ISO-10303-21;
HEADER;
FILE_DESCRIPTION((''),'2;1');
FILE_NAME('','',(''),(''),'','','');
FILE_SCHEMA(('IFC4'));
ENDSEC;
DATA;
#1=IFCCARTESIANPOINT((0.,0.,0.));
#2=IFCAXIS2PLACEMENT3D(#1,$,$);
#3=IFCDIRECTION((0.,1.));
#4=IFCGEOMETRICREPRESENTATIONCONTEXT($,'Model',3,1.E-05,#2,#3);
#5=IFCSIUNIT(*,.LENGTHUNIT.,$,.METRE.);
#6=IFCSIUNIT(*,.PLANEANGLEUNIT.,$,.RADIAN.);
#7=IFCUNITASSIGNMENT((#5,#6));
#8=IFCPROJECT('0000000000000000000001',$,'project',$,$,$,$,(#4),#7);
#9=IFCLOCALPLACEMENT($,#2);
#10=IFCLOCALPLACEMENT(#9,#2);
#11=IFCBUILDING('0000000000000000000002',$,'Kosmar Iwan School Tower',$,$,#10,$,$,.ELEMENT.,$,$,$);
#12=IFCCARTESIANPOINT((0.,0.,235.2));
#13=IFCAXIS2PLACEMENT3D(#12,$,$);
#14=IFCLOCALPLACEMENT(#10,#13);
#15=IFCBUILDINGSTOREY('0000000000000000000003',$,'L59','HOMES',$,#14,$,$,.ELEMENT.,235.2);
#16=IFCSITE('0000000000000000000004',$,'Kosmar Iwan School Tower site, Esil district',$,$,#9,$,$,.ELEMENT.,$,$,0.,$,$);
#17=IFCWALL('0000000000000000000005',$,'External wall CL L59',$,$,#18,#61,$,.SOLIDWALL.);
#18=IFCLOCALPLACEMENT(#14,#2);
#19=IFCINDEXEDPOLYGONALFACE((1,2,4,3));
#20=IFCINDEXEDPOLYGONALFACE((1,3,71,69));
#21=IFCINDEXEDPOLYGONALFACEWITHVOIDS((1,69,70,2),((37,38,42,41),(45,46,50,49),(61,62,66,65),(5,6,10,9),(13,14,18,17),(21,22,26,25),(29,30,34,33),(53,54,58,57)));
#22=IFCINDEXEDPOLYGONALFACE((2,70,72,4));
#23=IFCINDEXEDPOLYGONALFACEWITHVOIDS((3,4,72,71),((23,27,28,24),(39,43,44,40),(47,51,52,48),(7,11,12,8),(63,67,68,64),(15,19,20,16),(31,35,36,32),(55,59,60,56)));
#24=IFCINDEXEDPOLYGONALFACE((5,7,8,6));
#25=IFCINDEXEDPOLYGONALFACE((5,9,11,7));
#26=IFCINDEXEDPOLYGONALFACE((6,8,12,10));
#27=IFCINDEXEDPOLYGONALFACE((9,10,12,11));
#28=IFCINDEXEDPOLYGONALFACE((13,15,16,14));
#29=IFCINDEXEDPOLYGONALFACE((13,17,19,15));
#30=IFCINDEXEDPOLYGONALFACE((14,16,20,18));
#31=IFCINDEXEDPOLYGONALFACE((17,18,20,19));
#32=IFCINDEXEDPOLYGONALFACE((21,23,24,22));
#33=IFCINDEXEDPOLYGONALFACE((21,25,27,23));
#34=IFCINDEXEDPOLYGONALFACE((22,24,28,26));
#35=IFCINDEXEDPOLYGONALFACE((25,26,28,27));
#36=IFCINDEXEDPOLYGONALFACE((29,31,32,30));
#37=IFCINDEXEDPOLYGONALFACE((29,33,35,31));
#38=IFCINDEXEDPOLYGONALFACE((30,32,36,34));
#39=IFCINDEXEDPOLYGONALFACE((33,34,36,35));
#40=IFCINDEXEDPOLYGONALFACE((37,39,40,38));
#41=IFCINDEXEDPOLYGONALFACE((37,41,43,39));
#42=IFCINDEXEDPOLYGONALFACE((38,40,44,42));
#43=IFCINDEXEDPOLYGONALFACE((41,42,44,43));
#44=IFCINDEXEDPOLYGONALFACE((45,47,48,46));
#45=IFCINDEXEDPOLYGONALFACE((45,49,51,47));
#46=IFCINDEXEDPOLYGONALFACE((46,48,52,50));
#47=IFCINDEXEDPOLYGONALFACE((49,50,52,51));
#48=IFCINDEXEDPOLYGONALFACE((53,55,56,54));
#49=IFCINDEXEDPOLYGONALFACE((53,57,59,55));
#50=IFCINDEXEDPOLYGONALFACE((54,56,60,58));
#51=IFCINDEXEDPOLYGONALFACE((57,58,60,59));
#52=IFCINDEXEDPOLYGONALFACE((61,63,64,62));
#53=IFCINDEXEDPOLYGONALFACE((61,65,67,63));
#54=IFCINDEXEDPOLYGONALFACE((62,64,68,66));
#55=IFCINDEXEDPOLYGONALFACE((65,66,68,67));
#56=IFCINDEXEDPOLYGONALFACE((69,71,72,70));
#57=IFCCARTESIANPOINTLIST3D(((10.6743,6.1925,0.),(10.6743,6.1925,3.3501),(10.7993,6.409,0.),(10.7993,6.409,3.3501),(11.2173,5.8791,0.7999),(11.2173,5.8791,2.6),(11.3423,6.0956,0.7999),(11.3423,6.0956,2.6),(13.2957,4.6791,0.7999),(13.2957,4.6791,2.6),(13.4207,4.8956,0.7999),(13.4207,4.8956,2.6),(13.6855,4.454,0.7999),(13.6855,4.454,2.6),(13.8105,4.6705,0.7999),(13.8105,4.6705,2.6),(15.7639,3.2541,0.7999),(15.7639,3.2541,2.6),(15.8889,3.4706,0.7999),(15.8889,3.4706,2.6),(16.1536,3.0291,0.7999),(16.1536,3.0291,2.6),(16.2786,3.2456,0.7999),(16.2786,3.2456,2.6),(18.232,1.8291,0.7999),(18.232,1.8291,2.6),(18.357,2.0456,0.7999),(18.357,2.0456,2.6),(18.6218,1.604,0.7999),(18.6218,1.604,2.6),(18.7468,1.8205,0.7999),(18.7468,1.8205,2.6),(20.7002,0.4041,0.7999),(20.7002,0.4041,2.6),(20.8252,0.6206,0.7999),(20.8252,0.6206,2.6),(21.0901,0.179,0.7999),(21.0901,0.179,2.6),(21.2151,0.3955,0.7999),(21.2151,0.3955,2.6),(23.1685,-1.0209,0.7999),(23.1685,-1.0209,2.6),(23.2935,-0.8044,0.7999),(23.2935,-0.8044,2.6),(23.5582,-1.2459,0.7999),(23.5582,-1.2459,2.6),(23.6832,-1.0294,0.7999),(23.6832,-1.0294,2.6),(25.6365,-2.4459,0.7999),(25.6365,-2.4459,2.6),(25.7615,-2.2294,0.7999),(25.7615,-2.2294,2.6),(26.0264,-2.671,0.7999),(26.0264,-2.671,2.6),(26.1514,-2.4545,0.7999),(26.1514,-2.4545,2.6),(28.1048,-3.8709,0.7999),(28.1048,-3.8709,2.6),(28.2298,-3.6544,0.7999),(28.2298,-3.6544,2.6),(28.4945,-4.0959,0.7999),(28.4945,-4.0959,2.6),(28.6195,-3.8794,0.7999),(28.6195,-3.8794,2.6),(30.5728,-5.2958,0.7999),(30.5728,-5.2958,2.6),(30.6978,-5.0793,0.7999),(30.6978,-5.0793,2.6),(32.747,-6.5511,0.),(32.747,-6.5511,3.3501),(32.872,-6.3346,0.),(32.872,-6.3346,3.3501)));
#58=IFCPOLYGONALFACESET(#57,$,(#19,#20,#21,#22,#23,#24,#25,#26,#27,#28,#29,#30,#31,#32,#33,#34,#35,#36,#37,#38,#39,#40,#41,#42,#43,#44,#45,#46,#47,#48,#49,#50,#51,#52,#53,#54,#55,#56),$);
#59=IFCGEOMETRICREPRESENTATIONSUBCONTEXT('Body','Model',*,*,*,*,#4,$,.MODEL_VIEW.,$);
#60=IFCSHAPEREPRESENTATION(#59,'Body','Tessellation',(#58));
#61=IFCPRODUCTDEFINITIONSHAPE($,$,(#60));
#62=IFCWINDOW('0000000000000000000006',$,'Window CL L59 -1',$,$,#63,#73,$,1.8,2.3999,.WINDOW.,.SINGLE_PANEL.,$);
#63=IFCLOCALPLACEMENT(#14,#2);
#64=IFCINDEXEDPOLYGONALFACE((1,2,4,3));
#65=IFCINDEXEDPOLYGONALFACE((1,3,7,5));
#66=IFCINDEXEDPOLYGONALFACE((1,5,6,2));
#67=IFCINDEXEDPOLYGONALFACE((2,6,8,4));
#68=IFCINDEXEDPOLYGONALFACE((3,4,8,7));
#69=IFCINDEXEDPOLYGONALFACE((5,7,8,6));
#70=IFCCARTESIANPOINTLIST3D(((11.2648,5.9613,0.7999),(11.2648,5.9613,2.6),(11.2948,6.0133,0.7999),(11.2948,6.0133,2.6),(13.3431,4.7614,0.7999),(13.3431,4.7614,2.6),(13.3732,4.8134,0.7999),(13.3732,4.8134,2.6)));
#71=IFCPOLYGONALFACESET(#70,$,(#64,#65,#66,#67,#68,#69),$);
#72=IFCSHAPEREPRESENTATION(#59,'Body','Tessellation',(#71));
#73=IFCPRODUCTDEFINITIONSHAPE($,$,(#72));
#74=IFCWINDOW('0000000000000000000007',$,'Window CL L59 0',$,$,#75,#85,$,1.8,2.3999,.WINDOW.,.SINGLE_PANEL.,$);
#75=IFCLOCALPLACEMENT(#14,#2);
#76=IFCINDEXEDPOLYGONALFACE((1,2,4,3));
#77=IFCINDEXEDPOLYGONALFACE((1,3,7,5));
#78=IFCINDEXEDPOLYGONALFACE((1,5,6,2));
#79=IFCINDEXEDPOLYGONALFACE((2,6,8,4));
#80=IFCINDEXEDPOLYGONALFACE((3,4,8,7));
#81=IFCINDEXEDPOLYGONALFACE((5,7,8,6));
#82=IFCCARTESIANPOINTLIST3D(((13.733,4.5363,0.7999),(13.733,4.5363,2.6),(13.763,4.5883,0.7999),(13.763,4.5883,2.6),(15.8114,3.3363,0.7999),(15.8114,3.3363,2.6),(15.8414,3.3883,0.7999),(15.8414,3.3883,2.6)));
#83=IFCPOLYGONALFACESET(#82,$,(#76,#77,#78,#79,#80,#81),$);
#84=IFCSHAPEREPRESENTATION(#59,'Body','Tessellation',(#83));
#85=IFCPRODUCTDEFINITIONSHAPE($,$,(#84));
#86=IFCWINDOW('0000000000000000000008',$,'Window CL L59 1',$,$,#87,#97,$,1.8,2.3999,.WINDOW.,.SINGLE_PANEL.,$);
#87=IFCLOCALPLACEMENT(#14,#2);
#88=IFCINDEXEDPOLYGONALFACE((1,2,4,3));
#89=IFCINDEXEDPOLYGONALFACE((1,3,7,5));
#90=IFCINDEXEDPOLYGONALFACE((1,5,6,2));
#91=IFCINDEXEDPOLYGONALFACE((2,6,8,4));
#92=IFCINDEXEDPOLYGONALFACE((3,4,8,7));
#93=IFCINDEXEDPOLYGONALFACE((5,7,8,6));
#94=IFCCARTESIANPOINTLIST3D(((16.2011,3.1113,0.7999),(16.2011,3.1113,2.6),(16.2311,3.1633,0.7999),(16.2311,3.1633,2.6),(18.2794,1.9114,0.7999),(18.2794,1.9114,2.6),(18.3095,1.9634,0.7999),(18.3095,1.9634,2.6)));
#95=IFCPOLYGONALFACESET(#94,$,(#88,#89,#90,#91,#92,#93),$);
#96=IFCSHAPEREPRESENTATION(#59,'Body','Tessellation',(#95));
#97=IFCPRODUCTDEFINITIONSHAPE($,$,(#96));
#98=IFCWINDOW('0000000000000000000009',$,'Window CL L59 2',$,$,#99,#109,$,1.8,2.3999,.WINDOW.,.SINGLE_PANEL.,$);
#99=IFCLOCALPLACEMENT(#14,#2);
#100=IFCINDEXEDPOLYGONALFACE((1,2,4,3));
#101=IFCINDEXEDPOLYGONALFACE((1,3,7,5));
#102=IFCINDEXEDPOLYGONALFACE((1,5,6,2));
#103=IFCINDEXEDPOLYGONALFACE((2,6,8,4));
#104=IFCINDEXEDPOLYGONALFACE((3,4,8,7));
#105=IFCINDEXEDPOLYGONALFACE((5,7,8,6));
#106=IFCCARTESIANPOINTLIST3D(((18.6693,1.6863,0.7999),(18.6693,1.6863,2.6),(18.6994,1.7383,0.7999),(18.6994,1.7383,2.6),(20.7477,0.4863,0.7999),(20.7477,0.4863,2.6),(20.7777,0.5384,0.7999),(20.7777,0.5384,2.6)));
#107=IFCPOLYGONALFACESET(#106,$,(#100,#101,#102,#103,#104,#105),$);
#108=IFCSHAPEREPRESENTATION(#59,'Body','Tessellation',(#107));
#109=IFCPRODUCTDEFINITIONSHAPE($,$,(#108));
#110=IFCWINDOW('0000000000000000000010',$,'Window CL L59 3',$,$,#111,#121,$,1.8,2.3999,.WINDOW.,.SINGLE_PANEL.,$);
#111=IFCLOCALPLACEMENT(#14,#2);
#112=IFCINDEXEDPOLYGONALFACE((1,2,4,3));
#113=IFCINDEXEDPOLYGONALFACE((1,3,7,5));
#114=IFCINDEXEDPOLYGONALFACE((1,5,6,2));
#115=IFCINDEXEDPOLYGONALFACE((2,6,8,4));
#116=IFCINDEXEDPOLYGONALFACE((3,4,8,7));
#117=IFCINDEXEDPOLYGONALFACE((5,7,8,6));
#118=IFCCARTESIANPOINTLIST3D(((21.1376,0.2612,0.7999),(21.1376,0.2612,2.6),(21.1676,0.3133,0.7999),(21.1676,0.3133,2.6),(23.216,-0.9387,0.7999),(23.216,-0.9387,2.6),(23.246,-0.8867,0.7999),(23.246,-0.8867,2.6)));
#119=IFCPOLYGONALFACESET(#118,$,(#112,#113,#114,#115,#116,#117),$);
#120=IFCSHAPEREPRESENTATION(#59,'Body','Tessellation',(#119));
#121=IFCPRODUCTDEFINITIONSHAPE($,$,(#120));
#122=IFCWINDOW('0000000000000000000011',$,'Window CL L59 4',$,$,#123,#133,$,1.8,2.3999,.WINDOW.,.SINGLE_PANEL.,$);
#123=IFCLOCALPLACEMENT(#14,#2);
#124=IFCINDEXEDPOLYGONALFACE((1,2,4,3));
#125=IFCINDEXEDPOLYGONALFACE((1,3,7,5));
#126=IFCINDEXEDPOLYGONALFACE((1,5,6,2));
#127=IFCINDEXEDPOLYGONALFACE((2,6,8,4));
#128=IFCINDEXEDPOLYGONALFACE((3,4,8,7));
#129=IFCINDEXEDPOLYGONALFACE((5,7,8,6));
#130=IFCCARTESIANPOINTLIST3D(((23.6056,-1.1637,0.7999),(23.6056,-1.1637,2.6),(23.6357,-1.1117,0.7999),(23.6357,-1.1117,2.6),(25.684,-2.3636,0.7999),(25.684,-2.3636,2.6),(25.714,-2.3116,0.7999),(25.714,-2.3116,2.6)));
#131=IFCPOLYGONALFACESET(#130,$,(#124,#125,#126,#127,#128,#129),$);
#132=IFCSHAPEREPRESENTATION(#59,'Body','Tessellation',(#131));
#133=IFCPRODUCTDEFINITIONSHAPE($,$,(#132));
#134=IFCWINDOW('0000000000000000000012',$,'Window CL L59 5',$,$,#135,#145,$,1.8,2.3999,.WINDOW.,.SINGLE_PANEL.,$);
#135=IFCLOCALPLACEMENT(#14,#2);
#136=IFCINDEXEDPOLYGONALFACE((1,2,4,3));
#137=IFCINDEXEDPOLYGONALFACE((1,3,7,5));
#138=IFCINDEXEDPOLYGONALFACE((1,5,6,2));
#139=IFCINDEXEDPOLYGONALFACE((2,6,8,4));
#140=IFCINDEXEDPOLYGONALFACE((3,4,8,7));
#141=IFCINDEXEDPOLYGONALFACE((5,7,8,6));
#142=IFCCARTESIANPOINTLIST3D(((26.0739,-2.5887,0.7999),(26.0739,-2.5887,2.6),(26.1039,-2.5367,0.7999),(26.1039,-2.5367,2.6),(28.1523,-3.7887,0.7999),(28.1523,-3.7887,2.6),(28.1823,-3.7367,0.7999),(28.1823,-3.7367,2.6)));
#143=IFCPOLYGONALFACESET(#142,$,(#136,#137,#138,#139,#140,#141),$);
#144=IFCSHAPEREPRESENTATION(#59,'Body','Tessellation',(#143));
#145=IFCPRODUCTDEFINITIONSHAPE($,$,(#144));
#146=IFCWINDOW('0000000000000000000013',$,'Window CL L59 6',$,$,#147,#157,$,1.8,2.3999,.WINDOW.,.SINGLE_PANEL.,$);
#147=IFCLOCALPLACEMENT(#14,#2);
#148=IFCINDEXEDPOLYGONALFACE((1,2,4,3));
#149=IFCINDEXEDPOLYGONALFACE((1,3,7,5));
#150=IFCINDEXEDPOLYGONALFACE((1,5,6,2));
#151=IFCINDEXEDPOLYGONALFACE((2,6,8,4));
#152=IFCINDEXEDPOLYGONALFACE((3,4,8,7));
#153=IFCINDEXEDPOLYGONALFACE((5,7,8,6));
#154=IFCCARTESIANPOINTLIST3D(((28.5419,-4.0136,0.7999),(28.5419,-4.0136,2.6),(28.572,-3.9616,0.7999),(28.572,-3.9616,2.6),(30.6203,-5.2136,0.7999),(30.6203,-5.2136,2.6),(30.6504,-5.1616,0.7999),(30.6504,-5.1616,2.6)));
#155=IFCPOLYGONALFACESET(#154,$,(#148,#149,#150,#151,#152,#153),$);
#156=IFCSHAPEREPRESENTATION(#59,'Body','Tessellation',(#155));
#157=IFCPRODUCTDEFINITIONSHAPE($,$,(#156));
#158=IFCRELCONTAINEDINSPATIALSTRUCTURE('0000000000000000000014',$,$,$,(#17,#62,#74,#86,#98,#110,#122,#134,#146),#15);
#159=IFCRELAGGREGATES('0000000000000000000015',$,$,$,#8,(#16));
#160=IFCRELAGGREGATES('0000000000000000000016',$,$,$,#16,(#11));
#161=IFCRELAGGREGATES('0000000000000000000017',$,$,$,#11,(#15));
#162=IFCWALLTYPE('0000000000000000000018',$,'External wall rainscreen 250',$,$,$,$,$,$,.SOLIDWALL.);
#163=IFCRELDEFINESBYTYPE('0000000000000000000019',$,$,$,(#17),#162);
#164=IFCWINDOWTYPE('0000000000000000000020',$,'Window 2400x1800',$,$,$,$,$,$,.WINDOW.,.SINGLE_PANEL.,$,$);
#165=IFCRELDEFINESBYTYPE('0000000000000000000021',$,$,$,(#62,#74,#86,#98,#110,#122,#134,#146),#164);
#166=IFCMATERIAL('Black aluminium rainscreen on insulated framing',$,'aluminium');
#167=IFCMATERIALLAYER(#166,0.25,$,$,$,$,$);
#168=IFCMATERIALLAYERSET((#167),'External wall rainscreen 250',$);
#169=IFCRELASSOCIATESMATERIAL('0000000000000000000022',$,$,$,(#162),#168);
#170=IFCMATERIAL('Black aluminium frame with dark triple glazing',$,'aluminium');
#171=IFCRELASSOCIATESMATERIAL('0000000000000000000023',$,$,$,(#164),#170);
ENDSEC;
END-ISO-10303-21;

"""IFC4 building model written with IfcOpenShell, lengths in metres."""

from ifc_helpers import new_model, si_unit, direction, frame, frame_2d, origin, place, context, subcontext, project, spatial, rectangle, extrude, material, layer, layer_set, type_object, element, fill, save


model = new_model("IFC4")

# Units and contexts
model_context = context("Model", 3, precision=1e-05, world=origin(), true_north=direction((0.0, 1.0)))
body_context = subcontext(model_context, "Body", "Model", "MODEL_VIEW")
ifc_project = project(units=[si_unit("LENGTHUNIT", "METRE"), si_unit("PLANEANGLEUNIT", "RADIAN")], contexts=[model_context])

# Site, building, storey
site_placement = place(None, origin())
site = spatial("IfcSite", under=ifc_project, at=site_placement, Name="Kosmar Iwan School Tower site, Esil district", CompositionType="ELEMENT", RefElevation=0.0)
building_placement = place(site_placement, origin())
building = spatial("IfcBuilding", under=site, at=building_placement, Name="Kosmar Iwan School Tower", CompositionType="ELEMENT")
storey_placement = place(building_placement, frame((0.0, 0.0, 235.2)))
storey = spatial("IfcBuildingStorey", under=building, at=storey_placement, Name="L59", Description="HOMES", CompositionType="ELEMENT", Elevation=235.2)

# Wall, openings, windows
ifc_material_1 = material(Name="Black aluminium rainscreen on insulated framing", Category="aluminium")
ifc_layer_1 = layer(ifc_material_1, 0.25)
ifc_layer_set_1 = layer_set([ifc_layer_1], Name="External wall rainscreen 250")
wall_type_1 = type_object("IfcWallType", Name="External wall rainscreen 250", PredefinedType="SOLIDWALL", material=ifc_layer_set_1)
wall_1_placement = place(storey_placement, frame((10.7368, 6.3008, 0.0), z_axis=(0.0, 0.0, 1.0), x_axis=(0.866026, -0.499998, 0.0)))
wall_1 = element("IfcWall", 1, at=wall_1_placement, inside=storey, type_object=wall_type_1, Name="External wall CL L59", PredefinedType="SOLIDWALL", context=body_context, shape_type="SweptSolid", body=[
    extrude(rectangle(XDim=25.4873, YDim=0.25, at=frame_2d((12.7437, 0.0))), origin(), (0.0, 0.0, 1.0), 3.3501),
])
opening_1_placement = place(wall_1_placement, frame((0.627, 0.0, 0.8)))
opening_1 = element("IfcOpeningElement", 2, at=opening_1_placement, cuts=wall_1, PredefinedType="OPENING", context=body_context, shape_type="SweptSolid", body=[
    extrude(rectangle(XDim=2.3999, YDim=1.8, at=frame_2d((1.2, 0.8999))), frame((0.0, 0.137, 0.0), z_axis=(0.0, -1.0, 0.0), x_axis=(1.0, 0.0, 0.0)), (0.0, 0.0, 1.0), 0.2739),
])
opening_2_placement = place(wall_1_placement, frame((3.4771, 0.0, 0.8)))
opening_2 = element("IfcOpeningElement", 3, at=opening_2_placement, cuts=wall_1, PredefinedType="OPENING", context=body_context, shape_type="SweptSolid", body=[
    extrude(rectangle(XDim=2.3999, YDim=1.8, at=frame_2d((1.2, 0.8999))), frame((0.0, 0.137, 0.0), z_axis=(0.0, -1.0, 0.0), x_axis=(1.0, 0.0, 0.0)), (0.0, 0.0, 1.0), 0.2739),
])
opening_3_placement = place(wall_1_placement, frame((6.3269, 0.0, 0.8)))
opening_3 = element("IfcOpeningElement", 4, at=opening_3_placement, cuts=wall_1, PredefinedType="OPENING", context=body_context, shape_type="SweptSolid", body=[
    extrude(rectangle(XDim=2.3999, YDim=1.8, at=frame_2d((1.2, 0.8999))), frame((0.0, 0.137, 0.0), z_axis=(0.0, -1.0, 0.0), x_axis=(1.0, 0.0, 0.0)), (0.0, 0.0, 1.0), 0.2739),
])
opening_4_placement = place(wall_1_placement, frame((9.177, 0.0, 0.8)))
opening_4 = element("IfcOpeningElement", 5, at=opening_4_placement, cuts=wall_1, PredefinedType="OPENING", context=body_context, shape_type="SweptSolid", body=[
    extrude(rectangle(XDim=2.3999, YDim=1.8, at=frame_2d((1.2, 0.8999))), frame((0.0, 0.137, 0.0), z_axis=(0.0, -1.0, 0.0), x_axis=(1.0, 0.0, 0.0)), (0.0, 0.0, 1.0), 0.2739),
])
opening_5_placement = place(wall_1_placement, frame((12.0271, 0.0, 0.8)))
opening_5 = element("IfcOpeningElement", 6, at=opening_5_placement, cuts=wall_1, PredefinedType="OPENING", context=body_context, shape_type="SweptSolid", body=[
    extrude(rectangle(XDim=2.3999, YDim=1.8, at=frame_2d((1.2, 0.8999))), frame((0.0, 0.137, 0.0), z_axis=(0.0, -1.0, 0.0), x_axis=(1.0, 0.0, 0.0)), (0.0, 0.0, 1.0), 0.2739),
])
opening_6_placement = place(wall_1_placement, frame((14.877, 0.0, 0.8)))
opening_6 = element("IfcOpeningElement", 7, at=opening_6_placement, cuts=wall_1, PredefinedType="OPENING", context=body_context, shape_type="SweptSolid", body=[
    extrude(rectangle(XDim=2.3999, YDim=1.8, at=frame_2d((1.2, 0.8999))), frame((0.0, 0.137, 0.0), z_axis=(0.0, -1.0, 0.0), x_axis=(1.0, 0.0, 0.0)), (0.0, 0.0, 1.0), 0.2739),
])
opening_7_placement = place(wall_1_placement, frame((17.7271, 0.0, 0.8)))
opening_7 = element("IfcOpeningElement", 8, at=opening_7_placement, cuts=wall_1, PredefinedType="OPENING", context=body_context, shape_type="SweptSolid", body=[
    extrude(rectangle(XDim=2.3999, YDim=1.8, at=frame_2d((1.2, 0.8999))), frame((0.0, 0.137, 0.0), z_axis=(0.0, -1.0, 0.0), x_axis=(1.0, 0.0, 0.0)), (0.0, 0.0, 1.0), 0.2739),
])
opening_8_placement = place(wall_1_placement, frame((20.5769, 0.0, 0.8)))
opening_8 = element("IfcOpeningElement", 9, at=opening_8_placement, cuts=wall_1, PredefinedType="OPENING", context=body_context, shape_type="SweptSolid", body=[
    extrude(rectangle(XDim=2.3999, YDim=1.8, at=frame_2d((1.2, 0.8999))), frame((0.0, 0.137, 0.0), z_axis=(0.0, -1.0, 0.0), x_axis=(1.0, 0.0, 0.0)), (0.0, 0.0, 1.0), 0.2739),
])
ifc_material_2 = material(Name="Black aluminium frame with dark triple glazing", Category="aluminium")
window_type = type_object("IfcWindowType", Name="Window 2400x1800", PartitioningType="SINGLE_PANEL", PredefinedType="WINDOW", material=ifc_material_2)
window_1_placement = place(opening_1_placement, origin())
window_1 = element("IfcWindow", 10, at=window_1_placement, inside=storey, type_object=window_type, Name="Window CL L59 -1", OverallHeight=1.8, OverallWidth=2.3999, PartitioningType="SINGLE_PANEL", PredefinedType="WINDOW", context=body_context, shape_type="SweptSolid", body=[
    extrude(rectangle(XDim=2.3999, YDim=1.8, at=frame_2d((1.2, 0.8999))), frame((0.0, 0.03, 0.0), z_axis=(0.0, -1.0, 0.0), x_axis=(1.0, 0.0, 0.0)), (0.0, 0.0, 1.0), 0.0601),
])
fill(opening_1, window_1)
window_2_placement = place(opening_2_placement, origin())
window_2 = element("IfcWindow", 11, at=window_2_placement, inside=storey, type_object=window_type, Name="Window CL L59 0", OverallHeight=1.8, OverallWidth=2.3999, PartitioningType="SINGLE_PANEL", PredefinedType="WINDOW", context=body_context, shape_type="SweptSolid", body=[
    extrude(rectangle(XDim=2.3999, YDim=1.8, at=frame_2d((1.2, 0.8999))), frame((0.0, 0.03, 0.0), z_axis=(0.0, -1.0, 0.0), x_axis=(1.0, 0.0, 0.0)), (0.0, 0.0, 1.0), 0.0601),
])
fill(opening_2, window_2)
window_3_placement = place(opening_3_placement, origin())
window_3 = element("IfcWindow", 12, at=window_3_placement, inside=storey, type_object=window_type, Name="Window CL L59 1", OverallHeight=1.8, OverallWidth=2.3999, PartitioningType="SINGLE_PANEL", PredefinedType="WINDOW", context=body_context, shape_type="SweptSolid", body=[
    extrude(rectangle(XDim=2.3999, YDim=1.8, at=frame_2d((1.2, 0.8999))), frame((0.0, 0.03, 0.0), z_axis=(0.0, -1.0, 0.0), x_axis=(1.0, 0.0, 0.0)), (0.0, 0.0, 1.0), 0.0601),
])
fill(opening_3, window_3)
window_4_placement = place(opening_4_placement, origin())
window_4 = element("IfcWindow", 13, at=window_4_placement, inside=storey, type_object=window_type, Name="Window CL L59 2", OverallHeight=1.8, OverallWidth=2.3999, PartitioningType="SINGLE_PANEL", PredefinedType="WINDOW", context=body_context, shape_type="SweptSolid", body=[
    extrude(rectangle(XDim=2.3999, YDim=1.8, at=frame_2d((1.2, 0.8999))), frame((0.0, 0.03, 0.0), z_axis=(0.0, -1.0, 0.0), x_axis=(1.0, 0.0, 0.0)), (0.0, 0.0, 1.0), 0.0601),
])
fill(opening_4, window_4)
window_5_placement = place(opening_5_placement, origin())
window_5 = element("IfcWindow", 14, at=window_5_placement, inside=storey, type_object=window_type, Name="Window CL L59 3", OverallHeight=1.8, OverallWidth=2.3999, PartitioningType="SINGLE_PANEL", PredefinedType="WINDOW", context=body_context, shape_type="SweptSolid", body=[
    extrude(rectangle(XDim=2.3999, YDim=1.8, at=frame_2d((1.2, 0.8999))), frame((0.0, 0.03, 0.0), z_axis=(0.0, -1.0, 0.0), x_axis=(1.0, 0.0, 0.0)), (0.0, 0.0, 1.0), 0.0601),
])
fill(opening_5, window_5)
window_6_placement = place(opening_6_placement, origin())
window_6 = element("IfcWindow", 15, at=window_6_placement, inside=storey, type_object=window_type, Name="Window CL L59 4", OverallHeight=1.8, OverallWidth=2.3999, PartitioningType="SINGLE_PANEL", PredefinedType="WINDOW", context=body_context, shape_type="SweptSolid", body=[
    extrude(rectangle(XDim=2.3999, YDim=1.8, at=frame_2d((1.2, 0.8999))), frame((0.0, 0.03, 0.0), z_axis=(0.0, -1.0, 0.0), x_axis=(1.0, 0.0, 0.0)), (0.0, 0.0, 1.0), 0.0601),
])
fill(opening_6, window_6)
window_7_placement = place(opening_7_placement, origin())
window_7 = element("IfcWindow", 16, at=window_7_placement, inside=storey, type_object=window_type, Name="Window CL L59 5", OverallHeight=1.8, OverallWidth=2.3999, PartitioningType="SINGLE_PANEL", PredefinedType="WINDOW", context=body_context, shape_type="SweptSolid", body=[
    extrude(rectangle(XDim=2.3999, YDim=1.8, at=frame_2d((1.2, 0.8999))), frame((0.0, 0.03, 0.0), z_axis=(0.0, -1.0, 0.0), x_axis=(1.0, 0.0, 0.0)), (0.0, 0.0, 1.0), 0.0601),
])
fill(opening_7, window_7)
window_8_placement = place(opening_8_placement, origin())
window_8 = element("IfcWindow", 17, at=window_8_placement, inside=storey, type_object=window_type, Name="Window CL L59 6", OverallHeight=1.8, OverallWidth=2.3999, PartitioningType="SINGLE_PANEL", PredefinedType="WINDOW", context=body_context, shape_type="SweptSolid", body=[
    extrude(rectangle(XDim=2.3999, YDim=1.8, at=frame_2d((1.2, 0.8999))), frame((0.0, 0.03, 0.0), z_axis=(0.0, -1.0, 0.0), x_axis=(1.0, 0.0, 0.0)), (0.0, 0.0, 1.0), 0.0601),
])
fill(opening_8, window_8)

save(model, "model.ifc")
